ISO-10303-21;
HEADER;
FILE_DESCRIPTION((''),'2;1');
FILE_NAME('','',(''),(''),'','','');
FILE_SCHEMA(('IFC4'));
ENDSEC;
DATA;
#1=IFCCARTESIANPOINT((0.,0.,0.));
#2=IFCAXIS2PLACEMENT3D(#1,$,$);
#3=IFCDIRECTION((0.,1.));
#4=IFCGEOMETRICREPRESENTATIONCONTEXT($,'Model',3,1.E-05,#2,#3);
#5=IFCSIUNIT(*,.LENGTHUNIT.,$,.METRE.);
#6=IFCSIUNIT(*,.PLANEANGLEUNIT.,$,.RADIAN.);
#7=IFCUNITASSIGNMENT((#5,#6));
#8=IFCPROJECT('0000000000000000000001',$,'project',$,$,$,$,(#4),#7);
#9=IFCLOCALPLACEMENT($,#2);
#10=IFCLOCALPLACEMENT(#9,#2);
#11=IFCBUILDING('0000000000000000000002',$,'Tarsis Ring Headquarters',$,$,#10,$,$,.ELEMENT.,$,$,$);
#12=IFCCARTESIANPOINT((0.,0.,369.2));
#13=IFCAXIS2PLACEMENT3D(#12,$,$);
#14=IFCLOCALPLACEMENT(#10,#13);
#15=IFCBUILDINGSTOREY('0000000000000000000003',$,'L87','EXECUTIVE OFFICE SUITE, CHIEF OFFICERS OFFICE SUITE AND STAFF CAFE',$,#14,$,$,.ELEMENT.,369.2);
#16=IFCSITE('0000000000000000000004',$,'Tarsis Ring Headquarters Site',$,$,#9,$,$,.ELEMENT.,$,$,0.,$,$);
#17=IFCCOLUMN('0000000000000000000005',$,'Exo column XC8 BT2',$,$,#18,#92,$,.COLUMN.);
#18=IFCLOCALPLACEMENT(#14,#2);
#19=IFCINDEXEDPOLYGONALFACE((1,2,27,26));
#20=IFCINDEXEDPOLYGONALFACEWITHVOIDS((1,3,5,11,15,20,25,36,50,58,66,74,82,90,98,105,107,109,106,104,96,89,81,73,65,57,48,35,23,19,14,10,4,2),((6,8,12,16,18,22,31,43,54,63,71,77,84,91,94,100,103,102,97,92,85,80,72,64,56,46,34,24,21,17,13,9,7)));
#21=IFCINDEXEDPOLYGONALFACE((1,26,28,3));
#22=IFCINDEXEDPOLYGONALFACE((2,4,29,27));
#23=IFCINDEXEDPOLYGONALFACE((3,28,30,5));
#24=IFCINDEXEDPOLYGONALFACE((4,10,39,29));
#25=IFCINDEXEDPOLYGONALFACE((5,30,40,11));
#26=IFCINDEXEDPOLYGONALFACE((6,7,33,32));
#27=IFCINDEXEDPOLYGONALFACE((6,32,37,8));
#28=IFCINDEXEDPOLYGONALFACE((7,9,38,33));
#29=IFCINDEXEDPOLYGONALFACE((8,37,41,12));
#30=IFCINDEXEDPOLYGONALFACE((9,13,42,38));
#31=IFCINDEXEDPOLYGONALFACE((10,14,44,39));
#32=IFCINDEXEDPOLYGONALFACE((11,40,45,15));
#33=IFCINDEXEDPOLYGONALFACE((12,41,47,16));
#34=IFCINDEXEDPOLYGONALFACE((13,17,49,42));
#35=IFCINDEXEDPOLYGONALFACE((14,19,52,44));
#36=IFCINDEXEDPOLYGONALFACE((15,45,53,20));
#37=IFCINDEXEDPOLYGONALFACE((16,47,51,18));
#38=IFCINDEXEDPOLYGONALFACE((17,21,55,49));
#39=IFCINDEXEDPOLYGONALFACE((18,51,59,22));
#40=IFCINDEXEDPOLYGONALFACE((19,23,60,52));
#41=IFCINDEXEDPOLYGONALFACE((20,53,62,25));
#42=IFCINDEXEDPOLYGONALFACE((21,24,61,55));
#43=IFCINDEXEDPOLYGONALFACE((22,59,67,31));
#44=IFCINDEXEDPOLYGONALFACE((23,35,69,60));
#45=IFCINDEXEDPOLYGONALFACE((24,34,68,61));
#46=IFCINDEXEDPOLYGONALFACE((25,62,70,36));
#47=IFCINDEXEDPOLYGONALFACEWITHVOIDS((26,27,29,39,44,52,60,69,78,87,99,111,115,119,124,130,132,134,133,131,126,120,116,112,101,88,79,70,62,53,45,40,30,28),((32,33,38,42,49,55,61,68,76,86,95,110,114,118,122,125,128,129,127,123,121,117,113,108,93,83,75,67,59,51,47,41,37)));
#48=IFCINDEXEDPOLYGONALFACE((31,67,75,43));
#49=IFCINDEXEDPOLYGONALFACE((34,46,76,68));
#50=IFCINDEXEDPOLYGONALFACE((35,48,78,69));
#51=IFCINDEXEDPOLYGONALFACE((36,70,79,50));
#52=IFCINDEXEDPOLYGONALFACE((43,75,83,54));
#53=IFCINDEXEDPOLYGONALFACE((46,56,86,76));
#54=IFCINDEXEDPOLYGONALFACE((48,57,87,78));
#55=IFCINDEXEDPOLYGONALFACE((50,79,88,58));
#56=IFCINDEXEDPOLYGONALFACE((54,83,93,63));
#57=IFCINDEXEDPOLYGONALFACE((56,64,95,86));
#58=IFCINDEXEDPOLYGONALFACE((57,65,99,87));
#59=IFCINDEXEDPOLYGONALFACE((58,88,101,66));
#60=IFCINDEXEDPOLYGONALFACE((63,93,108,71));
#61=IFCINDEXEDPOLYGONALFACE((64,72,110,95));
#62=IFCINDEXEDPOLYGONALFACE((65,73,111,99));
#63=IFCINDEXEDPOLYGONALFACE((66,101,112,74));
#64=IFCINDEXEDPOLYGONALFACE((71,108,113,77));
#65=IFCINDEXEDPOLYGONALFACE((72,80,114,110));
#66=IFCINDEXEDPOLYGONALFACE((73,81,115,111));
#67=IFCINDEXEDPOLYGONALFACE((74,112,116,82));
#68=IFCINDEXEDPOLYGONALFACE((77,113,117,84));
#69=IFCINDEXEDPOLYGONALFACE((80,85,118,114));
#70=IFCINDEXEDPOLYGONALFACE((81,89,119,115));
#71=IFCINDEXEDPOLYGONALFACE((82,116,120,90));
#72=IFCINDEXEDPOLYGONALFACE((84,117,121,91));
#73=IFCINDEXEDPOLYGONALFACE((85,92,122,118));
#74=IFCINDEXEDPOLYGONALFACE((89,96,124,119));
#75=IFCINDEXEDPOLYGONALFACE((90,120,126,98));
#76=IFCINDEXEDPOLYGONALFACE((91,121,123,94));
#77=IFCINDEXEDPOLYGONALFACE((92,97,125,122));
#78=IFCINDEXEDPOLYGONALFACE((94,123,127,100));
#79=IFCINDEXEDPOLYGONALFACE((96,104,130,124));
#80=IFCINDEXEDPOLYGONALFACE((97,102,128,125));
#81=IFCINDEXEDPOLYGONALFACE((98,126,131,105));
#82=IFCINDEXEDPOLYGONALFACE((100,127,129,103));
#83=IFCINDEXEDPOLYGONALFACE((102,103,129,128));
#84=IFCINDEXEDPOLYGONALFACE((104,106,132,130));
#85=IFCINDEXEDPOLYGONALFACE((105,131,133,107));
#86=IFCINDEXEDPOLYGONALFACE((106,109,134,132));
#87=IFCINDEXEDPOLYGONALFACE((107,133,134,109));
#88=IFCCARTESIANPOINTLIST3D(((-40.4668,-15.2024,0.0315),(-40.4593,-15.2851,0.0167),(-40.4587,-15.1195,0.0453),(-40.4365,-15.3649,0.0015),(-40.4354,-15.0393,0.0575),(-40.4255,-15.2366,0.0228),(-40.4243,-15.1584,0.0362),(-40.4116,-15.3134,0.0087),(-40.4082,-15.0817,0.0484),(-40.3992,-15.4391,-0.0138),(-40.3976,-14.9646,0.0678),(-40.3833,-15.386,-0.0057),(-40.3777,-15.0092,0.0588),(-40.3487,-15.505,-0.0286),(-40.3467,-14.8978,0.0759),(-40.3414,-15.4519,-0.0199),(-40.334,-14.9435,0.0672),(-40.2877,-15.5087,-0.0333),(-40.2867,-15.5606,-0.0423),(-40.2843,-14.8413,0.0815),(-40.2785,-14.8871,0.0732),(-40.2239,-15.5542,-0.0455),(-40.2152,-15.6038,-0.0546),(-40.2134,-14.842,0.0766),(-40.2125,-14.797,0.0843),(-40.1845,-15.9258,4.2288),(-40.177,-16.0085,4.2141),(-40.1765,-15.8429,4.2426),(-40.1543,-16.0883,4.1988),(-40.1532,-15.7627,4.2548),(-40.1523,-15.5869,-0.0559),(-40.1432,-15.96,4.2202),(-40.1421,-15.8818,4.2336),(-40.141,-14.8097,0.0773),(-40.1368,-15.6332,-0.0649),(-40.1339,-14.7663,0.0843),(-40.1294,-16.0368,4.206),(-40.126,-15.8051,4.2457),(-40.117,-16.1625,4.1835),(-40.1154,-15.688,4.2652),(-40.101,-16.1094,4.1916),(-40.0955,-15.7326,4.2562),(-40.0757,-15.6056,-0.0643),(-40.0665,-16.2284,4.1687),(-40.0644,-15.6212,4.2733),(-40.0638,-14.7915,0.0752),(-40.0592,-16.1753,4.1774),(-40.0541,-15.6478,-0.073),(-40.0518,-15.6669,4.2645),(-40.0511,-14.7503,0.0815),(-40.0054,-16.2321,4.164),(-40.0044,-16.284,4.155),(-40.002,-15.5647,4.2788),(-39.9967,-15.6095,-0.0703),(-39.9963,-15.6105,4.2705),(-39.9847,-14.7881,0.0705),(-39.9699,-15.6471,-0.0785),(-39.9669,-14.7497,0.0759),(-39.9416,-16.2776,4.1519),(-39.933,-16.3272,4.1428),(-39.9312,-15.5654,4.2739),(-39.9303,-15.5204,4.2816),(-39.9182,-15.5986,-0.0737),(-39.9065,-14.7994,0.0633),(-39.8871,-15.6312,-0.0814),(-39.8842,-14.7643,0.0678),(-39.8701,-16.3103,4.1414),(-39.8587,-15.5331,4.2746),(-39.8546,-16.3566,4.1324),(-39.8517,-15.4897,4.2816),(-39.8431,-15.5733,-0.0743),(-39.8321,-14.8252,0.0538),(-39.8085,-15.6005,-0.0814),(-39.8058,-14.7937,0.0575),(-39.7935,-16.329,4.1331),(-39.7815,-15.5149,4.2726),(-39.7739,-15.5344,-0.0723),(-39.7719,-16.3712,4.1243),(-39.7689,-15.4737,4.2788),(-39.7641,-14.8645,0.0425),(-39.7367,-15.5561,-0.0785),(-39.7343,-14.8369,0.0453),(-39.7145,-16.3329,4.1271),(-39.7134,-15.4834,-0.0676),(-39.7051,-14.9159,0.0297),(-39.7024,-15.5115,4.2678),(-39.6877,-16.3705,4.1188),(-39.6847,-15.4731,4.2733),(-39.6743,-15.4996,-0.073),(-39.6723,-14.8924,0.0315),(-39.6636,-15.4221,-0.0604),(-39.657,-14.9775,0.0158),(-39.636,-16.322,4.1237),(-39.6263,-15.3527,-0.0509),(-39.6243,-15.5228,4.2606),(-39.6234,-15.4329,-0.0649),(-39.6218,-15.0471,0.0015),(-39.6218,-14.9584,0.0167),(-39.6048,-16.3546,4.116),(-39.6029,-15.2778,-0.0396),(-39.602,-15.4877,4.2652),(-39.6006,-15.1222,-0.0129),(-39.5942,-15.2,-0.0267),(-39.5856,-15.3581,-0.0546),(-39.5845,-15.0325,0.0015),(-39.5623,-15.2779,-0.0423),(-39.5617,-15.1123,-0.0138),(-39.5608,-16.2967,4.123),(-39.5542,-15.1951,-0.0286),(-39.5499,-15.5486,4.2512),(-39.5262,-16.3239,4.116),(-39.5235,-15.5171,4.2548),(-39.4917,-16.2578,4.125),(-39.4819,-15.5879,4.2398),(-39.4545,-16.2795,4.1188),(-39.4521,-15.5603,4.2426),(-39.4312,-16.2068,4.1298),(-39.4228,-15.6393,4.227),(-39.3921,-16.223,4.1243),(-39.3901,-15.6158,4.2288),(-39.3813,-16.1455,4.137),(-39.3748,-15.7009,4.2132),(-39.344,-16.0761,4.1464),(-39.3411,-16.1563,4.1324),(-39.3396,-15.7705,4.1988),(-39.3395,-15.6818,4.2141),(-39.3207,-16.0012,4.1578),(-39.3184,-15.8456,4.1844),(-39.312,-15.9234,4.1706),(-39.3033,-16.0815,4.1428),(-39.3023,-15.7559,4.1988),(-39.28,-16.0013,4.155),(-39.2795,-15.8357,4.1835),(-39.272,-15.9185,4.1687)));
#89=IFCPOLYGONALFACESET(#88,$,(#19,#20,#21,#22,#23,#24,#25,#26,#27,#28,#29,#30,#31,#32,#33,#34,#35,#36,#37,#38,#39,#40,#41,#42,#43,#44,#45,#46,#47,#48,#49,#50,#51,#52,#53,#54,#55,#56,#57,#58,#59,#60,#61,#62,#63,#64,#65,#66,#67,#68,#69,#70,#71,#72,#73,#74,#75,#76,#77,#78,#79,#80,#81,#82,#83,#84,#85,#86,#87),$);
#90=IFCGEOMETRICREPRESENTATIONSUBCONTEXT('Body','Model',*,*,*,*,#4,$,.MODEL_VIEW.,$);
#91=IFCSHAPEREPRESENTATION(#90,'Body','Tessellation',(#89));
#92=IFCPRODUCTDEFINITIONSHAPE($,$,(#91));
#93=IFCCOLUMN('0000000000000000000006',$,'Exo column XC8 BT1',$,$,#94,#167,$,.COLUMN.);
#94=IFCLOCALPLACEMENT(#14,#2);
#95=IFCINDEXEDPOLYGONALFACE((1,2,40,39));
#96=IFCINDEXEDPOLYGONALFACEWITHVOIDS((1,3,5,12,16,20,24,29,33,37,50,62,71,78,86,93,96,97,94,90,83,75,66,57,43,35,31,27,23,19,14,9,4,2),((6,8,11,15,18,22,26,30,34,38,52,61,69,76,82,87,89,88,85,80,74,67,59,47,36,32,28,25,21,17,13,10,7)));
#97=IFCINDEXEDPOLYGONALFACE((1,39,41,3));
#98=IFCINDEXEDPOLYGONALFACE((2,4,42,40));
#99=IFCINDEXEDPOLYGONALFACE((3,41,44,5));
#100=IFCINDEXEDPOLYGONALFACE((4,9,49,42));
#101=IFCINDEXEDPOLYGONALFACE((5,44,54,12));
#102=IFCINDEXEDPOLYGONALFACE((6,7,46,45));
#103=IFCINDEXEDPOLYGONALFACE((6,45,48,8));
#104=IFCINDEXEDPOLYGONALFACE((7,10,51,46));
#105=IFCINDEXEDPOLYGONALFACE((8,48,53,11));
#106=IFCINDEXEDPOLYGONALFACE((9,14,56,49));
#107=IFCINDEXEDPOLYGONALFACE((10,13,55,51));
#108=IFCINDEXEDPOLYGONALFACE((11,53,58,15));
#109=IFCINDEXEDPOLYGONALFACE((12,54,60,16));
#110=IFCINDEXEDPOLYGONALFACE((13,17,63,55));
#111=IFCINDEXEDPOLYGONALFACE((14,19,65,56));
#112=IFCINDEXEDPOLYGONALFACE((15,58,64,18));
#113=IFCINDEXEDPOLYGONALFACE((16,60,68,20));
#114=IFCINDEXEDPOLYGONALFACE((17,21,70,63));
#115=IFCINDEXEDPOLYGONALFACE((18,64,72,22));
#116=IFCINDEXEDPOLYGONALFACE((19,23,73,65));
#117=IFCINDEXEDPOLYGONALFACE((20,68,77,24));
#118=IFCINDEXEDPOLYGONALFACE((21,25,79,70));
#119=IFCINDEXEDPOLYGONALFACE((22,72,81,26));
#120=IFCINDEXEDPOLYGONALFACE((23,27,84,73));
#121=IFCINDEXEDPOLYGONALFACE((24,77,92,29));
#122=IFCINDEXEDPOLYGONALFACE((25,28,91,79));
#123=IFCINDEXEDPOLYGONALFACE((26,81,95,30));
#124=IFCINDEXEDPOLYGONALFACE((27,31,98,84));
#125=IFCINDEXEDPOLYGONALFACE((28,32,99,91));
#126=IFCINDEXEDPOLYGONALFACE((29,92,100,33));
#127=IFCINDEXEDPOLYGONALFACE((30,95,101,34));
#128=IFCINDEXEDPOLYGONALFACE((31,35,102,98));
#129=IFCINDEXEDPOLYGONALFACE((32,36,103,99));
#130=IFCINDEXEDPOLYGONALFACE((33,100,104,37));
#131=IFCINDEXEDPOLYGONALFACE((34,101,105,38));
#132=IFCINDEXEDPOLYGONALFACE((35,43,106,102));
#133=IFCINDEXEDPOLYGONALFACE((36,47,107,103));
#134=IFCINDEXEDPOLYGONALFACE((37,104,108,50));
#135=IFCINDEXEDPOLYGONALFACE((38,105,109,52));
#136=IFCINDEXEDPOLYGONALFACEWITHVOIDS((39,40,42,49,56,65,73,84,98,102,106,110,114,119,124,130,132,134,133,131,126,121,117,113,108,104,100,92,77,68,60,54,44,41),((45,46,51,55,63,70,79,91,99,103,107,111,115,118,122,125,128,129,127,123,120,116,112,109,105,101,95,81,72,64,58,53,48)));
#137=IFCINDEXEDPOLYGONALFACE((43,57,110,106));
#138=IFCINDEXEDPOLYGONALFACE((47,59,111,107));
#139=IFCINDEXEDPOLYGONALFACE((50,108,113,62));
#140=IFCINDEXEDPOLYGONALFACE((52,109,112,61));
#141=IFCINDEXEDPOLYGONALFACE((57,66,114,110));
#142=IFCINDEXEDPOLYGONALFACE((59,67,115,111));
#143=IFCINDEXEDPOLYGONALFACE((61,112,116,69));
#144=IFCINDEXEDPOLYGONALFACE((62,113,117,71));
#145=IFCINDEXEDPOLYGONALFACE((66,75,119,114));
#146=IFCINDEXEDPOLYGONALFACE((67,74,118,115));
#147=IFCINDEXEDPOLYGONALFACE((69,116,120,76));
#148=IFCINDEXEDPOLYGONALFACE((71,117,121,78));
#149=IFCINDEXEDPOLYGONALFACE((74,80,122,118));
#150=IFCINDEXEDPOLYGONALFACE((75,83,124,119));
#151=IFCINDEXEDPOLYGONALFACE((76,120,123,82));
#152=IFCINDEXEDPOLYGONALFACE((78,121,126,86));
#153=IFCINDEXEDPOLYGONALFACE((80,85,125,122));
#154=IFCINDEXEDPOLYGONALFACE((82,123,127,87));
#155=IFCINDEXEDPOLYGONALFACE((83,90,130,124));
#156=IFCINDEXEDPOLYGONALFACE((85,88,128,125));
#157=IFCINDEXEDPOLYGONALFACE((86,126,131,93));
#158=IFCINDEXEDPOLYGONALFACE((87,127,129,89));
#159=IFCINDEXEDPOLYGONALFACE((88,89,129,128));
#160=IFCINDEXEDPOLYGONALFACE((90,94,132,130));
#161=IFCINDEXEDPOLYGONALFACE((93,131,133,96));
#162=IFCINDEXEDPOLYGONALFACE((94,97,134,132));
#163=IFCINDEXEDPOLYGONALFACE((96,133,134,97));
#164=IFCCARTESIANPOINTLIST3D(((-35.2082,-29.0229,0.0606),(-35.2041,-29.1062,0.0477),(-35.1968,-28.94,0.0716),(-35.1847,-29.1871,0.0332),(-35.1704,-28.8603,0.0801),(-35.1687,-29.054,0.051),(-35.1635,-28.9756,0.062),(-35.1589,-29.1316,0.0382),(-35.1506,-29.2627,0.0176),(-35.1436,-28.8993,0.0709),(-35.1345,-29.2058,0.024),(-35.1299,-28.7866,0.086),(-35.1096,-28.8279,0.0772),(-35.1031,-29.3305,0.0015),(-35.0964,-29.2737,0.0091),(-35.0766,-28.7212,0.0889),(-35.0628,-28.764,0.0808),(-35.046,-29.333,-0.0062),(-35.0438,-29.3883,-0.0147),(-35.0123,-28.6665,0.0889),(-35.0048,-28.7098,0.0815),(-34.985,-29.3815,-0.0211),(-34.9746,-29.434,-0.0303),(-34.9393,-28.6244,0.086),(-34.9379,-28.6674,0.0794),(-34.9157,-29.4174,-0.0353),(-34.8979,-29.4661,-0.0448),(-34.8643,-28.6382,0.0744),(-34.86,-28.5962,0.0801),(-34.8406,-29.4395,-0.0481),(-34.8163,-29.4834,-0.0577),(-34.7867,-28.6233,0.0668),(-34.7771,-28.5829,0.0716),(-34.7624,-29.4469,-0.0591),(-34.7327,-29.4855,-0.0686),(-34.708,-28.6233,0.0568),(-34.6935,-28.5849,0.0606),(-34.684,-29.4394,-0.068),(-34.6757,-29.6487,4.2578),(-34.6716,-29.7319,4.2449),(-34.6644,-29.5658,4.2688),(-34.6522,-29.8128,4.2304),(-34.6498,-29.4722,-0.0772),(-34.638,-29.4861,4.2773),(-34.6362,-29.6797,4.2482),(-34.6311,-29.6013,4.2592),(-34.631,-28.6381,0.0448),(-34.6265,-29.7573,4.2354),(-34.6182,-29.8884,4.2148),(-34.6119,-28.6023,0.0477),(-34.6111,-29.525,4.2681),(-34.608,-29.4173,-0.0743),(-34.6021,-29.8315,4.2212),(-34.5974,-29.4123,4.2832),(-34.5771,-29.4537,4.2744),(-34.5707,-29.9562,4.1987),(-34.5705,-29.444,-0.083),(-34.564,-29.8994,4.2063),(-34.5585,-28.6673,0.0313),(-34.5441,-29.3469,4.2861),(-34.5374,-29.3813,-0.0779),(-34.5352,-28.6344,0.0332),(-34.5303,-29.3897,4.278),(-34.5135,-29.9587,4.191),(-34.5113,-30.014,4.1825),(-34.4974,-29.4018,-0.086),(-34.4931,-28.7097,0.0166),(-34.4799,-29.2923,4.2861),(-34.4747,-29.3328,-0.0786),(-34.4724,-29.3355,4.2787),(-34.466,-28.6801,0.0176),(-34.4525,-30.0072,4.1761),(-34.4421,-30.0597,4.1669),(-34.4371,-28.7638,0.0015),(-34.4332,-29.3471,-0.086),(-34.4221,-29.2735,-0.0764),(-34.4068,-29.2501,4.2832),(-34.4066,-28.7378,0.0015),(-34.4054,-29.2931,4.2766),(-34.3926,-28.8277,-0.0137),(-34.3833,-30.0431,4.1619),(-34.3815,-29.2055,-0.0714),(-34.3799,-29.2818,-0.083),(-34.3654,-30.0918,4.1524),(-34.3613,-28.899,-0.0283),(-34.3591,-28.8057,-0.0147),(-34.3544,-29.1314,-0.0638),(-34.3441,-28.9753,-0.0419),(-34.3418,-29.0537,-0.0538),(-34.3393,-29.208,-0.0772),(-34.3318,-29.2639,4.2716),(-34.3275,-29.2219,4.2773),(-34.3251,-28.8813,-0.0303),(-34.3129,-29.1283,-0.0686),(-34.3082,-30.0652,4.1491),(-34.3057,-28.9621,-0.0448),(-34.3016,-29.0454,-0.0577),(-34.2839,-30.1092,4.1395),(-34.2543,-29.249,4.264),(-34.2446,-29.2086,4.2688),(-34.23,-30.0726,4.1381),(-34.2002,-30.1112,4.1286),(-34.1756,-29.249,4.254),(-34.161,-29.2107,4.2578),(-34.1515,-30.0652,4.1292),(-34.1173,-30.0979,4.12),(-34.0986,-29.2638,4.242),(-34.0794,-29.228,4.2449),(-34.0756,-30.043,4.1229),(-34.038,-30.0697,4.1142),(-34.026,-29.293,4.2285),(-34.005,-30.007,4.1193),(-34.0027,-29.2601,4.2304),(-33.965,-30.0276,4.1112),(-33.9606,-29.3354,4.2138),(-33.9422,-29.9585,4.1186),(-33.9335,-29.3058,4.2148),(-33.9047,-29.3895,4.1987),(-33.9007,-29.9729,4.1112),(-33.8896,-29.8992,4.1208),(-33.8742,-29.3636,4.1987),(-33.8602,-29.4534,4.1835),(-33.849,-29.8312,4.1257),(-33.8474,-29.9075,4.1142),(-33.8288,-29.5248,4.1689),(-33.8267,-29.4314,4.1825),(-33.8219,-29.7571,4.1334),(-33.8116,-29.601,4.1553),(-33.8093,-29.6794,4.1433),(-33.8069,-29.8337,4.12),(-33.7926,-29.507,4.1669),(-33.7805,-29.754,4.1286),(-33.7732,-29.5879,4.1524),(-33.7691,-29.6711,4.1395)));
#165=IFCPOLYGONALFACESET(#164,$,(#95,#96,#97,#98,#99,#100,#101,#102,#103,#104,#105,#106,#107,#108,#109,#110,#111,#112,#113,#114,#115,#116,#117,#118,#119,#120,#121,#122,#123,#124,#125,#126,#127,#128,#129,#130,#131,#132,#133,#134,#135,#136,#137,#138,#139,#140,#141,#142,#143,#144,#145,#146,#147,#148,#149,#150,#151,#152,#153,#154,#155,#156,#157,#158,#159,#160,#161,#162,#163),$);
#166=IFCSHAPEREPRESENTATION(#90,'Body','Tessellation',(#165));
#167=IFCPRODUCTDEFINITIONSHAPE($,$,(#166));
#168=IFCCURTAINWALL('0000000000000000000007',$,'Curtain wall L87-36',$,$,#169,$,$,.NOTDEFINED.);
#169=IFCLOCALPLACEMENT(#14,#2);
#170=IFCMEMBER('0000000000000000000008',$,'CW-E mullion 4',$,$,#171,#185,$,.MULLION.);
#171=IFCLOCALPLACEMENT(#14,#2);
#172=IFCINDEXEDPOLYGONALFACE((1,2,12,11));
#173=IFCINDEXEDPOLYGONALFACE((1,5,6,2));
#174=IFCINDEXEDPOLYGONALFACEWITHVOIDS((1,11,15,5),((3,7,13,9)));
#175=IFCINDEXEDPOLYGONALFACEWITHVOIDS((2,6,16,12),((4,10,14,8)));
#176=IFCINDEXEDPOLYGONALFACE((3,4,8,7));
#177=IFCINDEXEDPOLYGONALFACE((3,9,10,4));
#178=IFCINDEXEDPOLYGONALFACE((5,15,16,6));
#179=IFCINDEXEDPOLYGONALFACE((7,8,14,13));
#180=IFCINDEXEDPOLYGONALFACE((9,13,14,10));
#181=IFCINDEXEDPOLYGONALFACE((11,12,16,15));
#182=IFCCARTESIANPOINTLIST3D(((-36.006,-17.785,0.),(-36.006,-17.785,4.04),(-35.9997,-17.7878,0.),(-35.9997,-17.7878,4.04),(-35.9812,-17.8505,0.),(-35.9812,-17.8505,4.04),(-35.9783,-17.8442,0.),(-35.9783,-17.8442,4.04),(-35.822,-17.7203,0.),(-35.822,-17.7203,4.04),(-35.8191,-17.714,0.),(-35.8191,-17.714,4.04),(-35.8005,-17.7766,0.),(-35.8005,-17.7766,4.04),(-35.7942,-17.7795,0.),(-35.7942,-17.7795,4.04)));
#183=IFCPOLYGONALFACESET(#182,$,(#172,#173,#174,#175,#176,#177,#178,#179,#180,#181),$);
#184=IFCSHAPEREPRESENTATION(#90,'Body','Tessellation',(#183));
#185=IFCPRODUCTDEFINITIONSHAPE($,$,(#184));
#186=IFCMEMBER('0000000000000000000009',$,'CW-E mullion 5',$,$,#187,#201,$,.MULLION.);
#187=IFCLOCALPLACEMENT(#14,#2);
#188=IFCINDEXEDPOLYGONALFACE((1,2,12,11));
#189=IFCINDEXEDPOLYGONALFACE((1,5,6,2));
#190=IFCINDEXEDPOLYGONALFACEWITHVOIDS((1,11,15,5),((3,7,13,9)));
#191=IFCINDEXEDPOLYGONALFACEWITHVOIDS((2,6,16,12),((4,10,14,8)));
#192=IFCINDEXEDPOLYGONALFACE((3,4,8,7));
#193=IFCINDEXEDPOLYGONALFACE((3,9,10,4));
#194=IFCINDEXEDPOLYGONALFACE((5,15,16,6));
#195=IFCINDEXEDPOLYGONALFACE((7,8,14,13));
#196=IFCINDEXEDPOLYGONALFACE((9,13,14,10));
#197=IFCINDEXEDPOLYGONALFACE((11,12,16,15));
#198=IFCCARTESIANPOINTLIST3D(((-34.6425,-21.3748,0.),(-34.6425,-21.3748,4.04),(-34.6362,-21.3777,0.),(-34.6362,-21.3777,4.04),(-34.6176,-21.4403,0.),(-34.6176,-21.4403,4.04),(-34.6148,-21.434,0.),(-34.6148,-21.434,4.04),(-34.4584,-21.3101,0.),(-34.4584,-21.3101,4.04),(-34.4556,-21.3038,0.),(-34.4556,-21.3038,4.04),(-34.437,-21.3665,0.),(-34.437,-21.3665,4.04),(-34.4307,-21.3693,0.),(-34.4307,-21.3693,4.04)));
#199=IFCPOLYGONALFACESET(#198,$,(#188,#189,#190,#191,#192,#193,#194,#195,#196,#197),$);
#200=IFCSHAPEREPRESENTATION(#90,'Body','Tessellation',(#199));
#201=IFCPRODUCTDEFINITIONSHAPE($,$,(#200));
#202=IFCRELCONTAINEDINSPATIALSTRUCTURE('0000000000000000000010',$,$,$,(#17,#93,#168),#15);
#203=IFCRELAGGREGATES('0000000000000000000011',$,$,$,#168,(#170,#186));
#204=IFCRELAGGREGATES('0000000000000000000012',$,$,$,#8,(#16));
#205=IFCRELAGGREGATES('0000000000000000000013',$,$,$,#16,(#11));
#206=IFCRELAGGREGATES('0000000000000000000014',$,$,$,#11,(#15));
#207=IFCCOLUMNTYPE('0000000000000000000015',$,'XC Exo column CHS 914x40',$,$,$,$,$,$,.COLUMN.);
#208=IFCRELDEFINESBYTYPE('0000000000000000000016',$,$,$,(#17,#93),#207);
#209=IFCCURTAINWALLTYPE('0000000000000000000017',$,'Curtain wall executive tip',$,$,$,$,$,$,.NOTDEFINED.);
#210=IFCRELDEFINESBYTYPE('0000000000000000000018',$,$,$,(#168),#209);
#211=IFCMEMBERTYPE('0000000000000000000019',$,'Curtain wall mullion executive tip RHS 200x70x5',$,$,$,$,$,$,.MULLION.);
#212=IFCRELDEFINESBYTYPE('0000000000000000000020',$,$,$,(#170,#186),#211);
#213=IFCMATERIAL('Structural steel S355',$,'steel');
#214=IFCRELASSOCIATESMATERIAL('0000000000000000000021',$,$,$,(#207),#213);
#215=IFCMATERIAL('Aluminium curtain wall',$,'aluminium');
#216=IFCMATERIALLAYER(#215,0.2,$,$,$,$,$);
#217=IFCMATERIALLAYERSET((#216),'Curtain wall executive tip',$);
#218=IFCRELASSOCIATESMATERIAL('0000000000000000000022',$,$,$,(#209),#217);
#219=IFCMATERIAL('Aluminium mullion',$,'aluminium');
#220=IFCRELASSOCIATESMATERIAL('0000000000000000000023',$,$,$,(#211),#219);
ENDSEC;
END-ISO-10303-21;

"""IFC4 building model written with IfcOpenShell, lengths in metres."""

from ifc_helpers import new_model, si_unit, direction, frame, origin, origin_2d, place, context, subcontext, project, spatial, hollow_rectangle, hollow_circle, extrude, material, layer, layer_set, material_profile, profile_set, type_object, element, aggregate, save


model = new_model("IFC4")

# Units and contexts
model_context = context("Model", 3, precision=1e-05, world=origin(), true_north=direction((0.0, 1.0)))
body_context = subcontext(model_context, "Body", "Model", "MODEL_VIEW")
ifc_project = project(units=[si_unit("LENGTHUNIT", "METRE"), si_unit("PLANEANGLEUNIT", "RADIAN")], contexts=[model_context])

# Site, building, storey
site_placement = place(None, origin())
site = spatial("IfcSite", under=ifc_project, at=site_placement, Name="Tarsis Ring Headquarters Site", CompositionType="ELEMENT", RefElevation=0.0)
building_placement = place(site_placement, origin())
building = spatial("IfcBuilding", under=site, at=building_placement, Name="Tarsis Ring Headquarters", CompositionType="ELEMENT")
storey_placement = place(building_placement, frame((0.0, 0.0, 369.2)))
storey = spatial("IfcBuildingStorey", under=building, at=storey_placement, Name="L87", Description="EXECUTIVE OFFICE SUITE, CHIEF OFFICERS OFFICE SUITE AND STAFF CAFE", CompositionType="ELEMENT", Elevation=369.2)

# Columns
ifc_material_1 = material(Name="Structural steel S355", Category="steel")
ifc_material_profile_1 = material_profile(ifc_material_1, hollow_circle(Radius=0.457, WallThickness=0.04, at=origin_2d()), Name="CHS 914x40")
ifc_profile_set_1 = profile_set([ifc_material_profile_1], Name="Structural steel S355")
column_type = type_object("IfcColumnType", Name="XC Exo column CHS 914x40", PredefinedType="COLUMN", material=ifc_profile_set_1)
column_1_placement = place(storey_placement, frame((-40.0105, -15.1987, 0.0015), z_axis=(0.066119, -0.169472, 0.983315), x_axis=(0.931609, 0.363463, 0.0)))
element("IfcColumn", 1, at=column_1_placement, inside=storey, type_object=column_type, Name="Exo column XC8 BT2", PredefinedType="COLUMN", context=body_context, shape_type="SweptSolid", body=[
    extrude(hollow_circle(Radius=0.4573, WallThickness=0.04, at=origin_2d()), origin(), (0.0, 0.0, 1.0), 4.2686),
])
column_2_placement = place(storey_placement, frame((-34.7549, -29.0342, 0.0015), z_axis=(0.124498, -0.146304, 0.981374), x_axis=(0.76158, 0.648071, 0.0)))
element("IfcColumn", 2, at=column_2_placement, inside=storey, type_object=column_type, Name="Exo column XC8 BT1", PredefinedType="COLUMN", context=body_context, shape_type="SweptSolid", body=[
    extrude(hollow_circle(Radius=0.4573, WallThickness=0.04, at=origin_2d()), origin(), (0.0, 0.0, 1.0), 4.2769),
])

# Curtain wall, members
ifc_material_2 = material(Name="Aluminium curtain wall", Category="aluminium")
ifc_layer_1 = layer(ifc_material_2, 0.2)
ifc_layer_set_1 = layer_set([ifc_layer_1], Name="Curtain wall executive tip")
curtain_wall_type = type_object("IfcCurtainWallType", Name="Curtain wall executive tip", PredefinedType="NOTDEFINED", material=ifc_layer_set_1)
curtain_wall_placement = place(storey_placement, origin())
curtain_wall = element("IfcCurtainWall", 3, at=curtain_wall_placement, inside=storey, type_object=curtain_wall_type, Name="Curtain wall L87-36", PredefinedType="NOTDEFINED")
ifc_material_3 = material(Name="Aluminium mullion", Category="aluminium")
ifc_material_profile_2 = material_profile(ifc_material_3, hollow_rectangle(XDim=0.2, YDim=0.0701, WallThickness=0.0049, at=origin_2d()), Name="RHS 200x70x5")
ifc_profile_set_2 = profile_set([ifc_material_profile_2], Name="Aluminium mullion")
member_type_1 = type_object("IfcMemberType", Name="Curtain wall mullion executive tip RHS 200x70x5", PredefinedType="MULLION", material=ifc_profile_set_2)
member_1_placement = place(storey_placement, frame((-35.9001, -17.7822, 0.0), z_axis=(0.0, 0.0, 1.0), x_axis=(0.934826, 0.355107, 0.0)))
member_1 = element("IfcMember", 4, at=member_1_placement, type_object=member_type_1, Name="CW-E mullion 4", PredefinedType="MULLION", context=body_context, shape_type="SweptSolid", body=[
    extrude(hollow_rectangle(XDim=0.2, YDim=0.0701, WallThickness=0.0049, at=origin_2d()), origin(), (0.0, 0.0, 1.0), 4.04),
])
member_2_placement = place(storey_placement, frame((-34.5366, -21.3721, 0.0), z_axis=(0.0, 0.0, 1.0), x_axis=(0.934826, 0.355107, 0.0)))
member_2 = element("IfcMember", 5, at=member_2_placement, type_object=member_type_1, Name="CW-E mullion 5", PredefinedType="MULLION", context=body_context, shape_type="SweptSolid", body=[
    extrude(hollow_rectangle(XDim=0.2, YDim=0.0701, WallThickness=0.0049, at=origin_2d()), origin(), (0.0, 0.0, 1.0), 4.04),
])

aggregate(curtain_wall, [member_1, member_2])

save(model, "model.ifc")
